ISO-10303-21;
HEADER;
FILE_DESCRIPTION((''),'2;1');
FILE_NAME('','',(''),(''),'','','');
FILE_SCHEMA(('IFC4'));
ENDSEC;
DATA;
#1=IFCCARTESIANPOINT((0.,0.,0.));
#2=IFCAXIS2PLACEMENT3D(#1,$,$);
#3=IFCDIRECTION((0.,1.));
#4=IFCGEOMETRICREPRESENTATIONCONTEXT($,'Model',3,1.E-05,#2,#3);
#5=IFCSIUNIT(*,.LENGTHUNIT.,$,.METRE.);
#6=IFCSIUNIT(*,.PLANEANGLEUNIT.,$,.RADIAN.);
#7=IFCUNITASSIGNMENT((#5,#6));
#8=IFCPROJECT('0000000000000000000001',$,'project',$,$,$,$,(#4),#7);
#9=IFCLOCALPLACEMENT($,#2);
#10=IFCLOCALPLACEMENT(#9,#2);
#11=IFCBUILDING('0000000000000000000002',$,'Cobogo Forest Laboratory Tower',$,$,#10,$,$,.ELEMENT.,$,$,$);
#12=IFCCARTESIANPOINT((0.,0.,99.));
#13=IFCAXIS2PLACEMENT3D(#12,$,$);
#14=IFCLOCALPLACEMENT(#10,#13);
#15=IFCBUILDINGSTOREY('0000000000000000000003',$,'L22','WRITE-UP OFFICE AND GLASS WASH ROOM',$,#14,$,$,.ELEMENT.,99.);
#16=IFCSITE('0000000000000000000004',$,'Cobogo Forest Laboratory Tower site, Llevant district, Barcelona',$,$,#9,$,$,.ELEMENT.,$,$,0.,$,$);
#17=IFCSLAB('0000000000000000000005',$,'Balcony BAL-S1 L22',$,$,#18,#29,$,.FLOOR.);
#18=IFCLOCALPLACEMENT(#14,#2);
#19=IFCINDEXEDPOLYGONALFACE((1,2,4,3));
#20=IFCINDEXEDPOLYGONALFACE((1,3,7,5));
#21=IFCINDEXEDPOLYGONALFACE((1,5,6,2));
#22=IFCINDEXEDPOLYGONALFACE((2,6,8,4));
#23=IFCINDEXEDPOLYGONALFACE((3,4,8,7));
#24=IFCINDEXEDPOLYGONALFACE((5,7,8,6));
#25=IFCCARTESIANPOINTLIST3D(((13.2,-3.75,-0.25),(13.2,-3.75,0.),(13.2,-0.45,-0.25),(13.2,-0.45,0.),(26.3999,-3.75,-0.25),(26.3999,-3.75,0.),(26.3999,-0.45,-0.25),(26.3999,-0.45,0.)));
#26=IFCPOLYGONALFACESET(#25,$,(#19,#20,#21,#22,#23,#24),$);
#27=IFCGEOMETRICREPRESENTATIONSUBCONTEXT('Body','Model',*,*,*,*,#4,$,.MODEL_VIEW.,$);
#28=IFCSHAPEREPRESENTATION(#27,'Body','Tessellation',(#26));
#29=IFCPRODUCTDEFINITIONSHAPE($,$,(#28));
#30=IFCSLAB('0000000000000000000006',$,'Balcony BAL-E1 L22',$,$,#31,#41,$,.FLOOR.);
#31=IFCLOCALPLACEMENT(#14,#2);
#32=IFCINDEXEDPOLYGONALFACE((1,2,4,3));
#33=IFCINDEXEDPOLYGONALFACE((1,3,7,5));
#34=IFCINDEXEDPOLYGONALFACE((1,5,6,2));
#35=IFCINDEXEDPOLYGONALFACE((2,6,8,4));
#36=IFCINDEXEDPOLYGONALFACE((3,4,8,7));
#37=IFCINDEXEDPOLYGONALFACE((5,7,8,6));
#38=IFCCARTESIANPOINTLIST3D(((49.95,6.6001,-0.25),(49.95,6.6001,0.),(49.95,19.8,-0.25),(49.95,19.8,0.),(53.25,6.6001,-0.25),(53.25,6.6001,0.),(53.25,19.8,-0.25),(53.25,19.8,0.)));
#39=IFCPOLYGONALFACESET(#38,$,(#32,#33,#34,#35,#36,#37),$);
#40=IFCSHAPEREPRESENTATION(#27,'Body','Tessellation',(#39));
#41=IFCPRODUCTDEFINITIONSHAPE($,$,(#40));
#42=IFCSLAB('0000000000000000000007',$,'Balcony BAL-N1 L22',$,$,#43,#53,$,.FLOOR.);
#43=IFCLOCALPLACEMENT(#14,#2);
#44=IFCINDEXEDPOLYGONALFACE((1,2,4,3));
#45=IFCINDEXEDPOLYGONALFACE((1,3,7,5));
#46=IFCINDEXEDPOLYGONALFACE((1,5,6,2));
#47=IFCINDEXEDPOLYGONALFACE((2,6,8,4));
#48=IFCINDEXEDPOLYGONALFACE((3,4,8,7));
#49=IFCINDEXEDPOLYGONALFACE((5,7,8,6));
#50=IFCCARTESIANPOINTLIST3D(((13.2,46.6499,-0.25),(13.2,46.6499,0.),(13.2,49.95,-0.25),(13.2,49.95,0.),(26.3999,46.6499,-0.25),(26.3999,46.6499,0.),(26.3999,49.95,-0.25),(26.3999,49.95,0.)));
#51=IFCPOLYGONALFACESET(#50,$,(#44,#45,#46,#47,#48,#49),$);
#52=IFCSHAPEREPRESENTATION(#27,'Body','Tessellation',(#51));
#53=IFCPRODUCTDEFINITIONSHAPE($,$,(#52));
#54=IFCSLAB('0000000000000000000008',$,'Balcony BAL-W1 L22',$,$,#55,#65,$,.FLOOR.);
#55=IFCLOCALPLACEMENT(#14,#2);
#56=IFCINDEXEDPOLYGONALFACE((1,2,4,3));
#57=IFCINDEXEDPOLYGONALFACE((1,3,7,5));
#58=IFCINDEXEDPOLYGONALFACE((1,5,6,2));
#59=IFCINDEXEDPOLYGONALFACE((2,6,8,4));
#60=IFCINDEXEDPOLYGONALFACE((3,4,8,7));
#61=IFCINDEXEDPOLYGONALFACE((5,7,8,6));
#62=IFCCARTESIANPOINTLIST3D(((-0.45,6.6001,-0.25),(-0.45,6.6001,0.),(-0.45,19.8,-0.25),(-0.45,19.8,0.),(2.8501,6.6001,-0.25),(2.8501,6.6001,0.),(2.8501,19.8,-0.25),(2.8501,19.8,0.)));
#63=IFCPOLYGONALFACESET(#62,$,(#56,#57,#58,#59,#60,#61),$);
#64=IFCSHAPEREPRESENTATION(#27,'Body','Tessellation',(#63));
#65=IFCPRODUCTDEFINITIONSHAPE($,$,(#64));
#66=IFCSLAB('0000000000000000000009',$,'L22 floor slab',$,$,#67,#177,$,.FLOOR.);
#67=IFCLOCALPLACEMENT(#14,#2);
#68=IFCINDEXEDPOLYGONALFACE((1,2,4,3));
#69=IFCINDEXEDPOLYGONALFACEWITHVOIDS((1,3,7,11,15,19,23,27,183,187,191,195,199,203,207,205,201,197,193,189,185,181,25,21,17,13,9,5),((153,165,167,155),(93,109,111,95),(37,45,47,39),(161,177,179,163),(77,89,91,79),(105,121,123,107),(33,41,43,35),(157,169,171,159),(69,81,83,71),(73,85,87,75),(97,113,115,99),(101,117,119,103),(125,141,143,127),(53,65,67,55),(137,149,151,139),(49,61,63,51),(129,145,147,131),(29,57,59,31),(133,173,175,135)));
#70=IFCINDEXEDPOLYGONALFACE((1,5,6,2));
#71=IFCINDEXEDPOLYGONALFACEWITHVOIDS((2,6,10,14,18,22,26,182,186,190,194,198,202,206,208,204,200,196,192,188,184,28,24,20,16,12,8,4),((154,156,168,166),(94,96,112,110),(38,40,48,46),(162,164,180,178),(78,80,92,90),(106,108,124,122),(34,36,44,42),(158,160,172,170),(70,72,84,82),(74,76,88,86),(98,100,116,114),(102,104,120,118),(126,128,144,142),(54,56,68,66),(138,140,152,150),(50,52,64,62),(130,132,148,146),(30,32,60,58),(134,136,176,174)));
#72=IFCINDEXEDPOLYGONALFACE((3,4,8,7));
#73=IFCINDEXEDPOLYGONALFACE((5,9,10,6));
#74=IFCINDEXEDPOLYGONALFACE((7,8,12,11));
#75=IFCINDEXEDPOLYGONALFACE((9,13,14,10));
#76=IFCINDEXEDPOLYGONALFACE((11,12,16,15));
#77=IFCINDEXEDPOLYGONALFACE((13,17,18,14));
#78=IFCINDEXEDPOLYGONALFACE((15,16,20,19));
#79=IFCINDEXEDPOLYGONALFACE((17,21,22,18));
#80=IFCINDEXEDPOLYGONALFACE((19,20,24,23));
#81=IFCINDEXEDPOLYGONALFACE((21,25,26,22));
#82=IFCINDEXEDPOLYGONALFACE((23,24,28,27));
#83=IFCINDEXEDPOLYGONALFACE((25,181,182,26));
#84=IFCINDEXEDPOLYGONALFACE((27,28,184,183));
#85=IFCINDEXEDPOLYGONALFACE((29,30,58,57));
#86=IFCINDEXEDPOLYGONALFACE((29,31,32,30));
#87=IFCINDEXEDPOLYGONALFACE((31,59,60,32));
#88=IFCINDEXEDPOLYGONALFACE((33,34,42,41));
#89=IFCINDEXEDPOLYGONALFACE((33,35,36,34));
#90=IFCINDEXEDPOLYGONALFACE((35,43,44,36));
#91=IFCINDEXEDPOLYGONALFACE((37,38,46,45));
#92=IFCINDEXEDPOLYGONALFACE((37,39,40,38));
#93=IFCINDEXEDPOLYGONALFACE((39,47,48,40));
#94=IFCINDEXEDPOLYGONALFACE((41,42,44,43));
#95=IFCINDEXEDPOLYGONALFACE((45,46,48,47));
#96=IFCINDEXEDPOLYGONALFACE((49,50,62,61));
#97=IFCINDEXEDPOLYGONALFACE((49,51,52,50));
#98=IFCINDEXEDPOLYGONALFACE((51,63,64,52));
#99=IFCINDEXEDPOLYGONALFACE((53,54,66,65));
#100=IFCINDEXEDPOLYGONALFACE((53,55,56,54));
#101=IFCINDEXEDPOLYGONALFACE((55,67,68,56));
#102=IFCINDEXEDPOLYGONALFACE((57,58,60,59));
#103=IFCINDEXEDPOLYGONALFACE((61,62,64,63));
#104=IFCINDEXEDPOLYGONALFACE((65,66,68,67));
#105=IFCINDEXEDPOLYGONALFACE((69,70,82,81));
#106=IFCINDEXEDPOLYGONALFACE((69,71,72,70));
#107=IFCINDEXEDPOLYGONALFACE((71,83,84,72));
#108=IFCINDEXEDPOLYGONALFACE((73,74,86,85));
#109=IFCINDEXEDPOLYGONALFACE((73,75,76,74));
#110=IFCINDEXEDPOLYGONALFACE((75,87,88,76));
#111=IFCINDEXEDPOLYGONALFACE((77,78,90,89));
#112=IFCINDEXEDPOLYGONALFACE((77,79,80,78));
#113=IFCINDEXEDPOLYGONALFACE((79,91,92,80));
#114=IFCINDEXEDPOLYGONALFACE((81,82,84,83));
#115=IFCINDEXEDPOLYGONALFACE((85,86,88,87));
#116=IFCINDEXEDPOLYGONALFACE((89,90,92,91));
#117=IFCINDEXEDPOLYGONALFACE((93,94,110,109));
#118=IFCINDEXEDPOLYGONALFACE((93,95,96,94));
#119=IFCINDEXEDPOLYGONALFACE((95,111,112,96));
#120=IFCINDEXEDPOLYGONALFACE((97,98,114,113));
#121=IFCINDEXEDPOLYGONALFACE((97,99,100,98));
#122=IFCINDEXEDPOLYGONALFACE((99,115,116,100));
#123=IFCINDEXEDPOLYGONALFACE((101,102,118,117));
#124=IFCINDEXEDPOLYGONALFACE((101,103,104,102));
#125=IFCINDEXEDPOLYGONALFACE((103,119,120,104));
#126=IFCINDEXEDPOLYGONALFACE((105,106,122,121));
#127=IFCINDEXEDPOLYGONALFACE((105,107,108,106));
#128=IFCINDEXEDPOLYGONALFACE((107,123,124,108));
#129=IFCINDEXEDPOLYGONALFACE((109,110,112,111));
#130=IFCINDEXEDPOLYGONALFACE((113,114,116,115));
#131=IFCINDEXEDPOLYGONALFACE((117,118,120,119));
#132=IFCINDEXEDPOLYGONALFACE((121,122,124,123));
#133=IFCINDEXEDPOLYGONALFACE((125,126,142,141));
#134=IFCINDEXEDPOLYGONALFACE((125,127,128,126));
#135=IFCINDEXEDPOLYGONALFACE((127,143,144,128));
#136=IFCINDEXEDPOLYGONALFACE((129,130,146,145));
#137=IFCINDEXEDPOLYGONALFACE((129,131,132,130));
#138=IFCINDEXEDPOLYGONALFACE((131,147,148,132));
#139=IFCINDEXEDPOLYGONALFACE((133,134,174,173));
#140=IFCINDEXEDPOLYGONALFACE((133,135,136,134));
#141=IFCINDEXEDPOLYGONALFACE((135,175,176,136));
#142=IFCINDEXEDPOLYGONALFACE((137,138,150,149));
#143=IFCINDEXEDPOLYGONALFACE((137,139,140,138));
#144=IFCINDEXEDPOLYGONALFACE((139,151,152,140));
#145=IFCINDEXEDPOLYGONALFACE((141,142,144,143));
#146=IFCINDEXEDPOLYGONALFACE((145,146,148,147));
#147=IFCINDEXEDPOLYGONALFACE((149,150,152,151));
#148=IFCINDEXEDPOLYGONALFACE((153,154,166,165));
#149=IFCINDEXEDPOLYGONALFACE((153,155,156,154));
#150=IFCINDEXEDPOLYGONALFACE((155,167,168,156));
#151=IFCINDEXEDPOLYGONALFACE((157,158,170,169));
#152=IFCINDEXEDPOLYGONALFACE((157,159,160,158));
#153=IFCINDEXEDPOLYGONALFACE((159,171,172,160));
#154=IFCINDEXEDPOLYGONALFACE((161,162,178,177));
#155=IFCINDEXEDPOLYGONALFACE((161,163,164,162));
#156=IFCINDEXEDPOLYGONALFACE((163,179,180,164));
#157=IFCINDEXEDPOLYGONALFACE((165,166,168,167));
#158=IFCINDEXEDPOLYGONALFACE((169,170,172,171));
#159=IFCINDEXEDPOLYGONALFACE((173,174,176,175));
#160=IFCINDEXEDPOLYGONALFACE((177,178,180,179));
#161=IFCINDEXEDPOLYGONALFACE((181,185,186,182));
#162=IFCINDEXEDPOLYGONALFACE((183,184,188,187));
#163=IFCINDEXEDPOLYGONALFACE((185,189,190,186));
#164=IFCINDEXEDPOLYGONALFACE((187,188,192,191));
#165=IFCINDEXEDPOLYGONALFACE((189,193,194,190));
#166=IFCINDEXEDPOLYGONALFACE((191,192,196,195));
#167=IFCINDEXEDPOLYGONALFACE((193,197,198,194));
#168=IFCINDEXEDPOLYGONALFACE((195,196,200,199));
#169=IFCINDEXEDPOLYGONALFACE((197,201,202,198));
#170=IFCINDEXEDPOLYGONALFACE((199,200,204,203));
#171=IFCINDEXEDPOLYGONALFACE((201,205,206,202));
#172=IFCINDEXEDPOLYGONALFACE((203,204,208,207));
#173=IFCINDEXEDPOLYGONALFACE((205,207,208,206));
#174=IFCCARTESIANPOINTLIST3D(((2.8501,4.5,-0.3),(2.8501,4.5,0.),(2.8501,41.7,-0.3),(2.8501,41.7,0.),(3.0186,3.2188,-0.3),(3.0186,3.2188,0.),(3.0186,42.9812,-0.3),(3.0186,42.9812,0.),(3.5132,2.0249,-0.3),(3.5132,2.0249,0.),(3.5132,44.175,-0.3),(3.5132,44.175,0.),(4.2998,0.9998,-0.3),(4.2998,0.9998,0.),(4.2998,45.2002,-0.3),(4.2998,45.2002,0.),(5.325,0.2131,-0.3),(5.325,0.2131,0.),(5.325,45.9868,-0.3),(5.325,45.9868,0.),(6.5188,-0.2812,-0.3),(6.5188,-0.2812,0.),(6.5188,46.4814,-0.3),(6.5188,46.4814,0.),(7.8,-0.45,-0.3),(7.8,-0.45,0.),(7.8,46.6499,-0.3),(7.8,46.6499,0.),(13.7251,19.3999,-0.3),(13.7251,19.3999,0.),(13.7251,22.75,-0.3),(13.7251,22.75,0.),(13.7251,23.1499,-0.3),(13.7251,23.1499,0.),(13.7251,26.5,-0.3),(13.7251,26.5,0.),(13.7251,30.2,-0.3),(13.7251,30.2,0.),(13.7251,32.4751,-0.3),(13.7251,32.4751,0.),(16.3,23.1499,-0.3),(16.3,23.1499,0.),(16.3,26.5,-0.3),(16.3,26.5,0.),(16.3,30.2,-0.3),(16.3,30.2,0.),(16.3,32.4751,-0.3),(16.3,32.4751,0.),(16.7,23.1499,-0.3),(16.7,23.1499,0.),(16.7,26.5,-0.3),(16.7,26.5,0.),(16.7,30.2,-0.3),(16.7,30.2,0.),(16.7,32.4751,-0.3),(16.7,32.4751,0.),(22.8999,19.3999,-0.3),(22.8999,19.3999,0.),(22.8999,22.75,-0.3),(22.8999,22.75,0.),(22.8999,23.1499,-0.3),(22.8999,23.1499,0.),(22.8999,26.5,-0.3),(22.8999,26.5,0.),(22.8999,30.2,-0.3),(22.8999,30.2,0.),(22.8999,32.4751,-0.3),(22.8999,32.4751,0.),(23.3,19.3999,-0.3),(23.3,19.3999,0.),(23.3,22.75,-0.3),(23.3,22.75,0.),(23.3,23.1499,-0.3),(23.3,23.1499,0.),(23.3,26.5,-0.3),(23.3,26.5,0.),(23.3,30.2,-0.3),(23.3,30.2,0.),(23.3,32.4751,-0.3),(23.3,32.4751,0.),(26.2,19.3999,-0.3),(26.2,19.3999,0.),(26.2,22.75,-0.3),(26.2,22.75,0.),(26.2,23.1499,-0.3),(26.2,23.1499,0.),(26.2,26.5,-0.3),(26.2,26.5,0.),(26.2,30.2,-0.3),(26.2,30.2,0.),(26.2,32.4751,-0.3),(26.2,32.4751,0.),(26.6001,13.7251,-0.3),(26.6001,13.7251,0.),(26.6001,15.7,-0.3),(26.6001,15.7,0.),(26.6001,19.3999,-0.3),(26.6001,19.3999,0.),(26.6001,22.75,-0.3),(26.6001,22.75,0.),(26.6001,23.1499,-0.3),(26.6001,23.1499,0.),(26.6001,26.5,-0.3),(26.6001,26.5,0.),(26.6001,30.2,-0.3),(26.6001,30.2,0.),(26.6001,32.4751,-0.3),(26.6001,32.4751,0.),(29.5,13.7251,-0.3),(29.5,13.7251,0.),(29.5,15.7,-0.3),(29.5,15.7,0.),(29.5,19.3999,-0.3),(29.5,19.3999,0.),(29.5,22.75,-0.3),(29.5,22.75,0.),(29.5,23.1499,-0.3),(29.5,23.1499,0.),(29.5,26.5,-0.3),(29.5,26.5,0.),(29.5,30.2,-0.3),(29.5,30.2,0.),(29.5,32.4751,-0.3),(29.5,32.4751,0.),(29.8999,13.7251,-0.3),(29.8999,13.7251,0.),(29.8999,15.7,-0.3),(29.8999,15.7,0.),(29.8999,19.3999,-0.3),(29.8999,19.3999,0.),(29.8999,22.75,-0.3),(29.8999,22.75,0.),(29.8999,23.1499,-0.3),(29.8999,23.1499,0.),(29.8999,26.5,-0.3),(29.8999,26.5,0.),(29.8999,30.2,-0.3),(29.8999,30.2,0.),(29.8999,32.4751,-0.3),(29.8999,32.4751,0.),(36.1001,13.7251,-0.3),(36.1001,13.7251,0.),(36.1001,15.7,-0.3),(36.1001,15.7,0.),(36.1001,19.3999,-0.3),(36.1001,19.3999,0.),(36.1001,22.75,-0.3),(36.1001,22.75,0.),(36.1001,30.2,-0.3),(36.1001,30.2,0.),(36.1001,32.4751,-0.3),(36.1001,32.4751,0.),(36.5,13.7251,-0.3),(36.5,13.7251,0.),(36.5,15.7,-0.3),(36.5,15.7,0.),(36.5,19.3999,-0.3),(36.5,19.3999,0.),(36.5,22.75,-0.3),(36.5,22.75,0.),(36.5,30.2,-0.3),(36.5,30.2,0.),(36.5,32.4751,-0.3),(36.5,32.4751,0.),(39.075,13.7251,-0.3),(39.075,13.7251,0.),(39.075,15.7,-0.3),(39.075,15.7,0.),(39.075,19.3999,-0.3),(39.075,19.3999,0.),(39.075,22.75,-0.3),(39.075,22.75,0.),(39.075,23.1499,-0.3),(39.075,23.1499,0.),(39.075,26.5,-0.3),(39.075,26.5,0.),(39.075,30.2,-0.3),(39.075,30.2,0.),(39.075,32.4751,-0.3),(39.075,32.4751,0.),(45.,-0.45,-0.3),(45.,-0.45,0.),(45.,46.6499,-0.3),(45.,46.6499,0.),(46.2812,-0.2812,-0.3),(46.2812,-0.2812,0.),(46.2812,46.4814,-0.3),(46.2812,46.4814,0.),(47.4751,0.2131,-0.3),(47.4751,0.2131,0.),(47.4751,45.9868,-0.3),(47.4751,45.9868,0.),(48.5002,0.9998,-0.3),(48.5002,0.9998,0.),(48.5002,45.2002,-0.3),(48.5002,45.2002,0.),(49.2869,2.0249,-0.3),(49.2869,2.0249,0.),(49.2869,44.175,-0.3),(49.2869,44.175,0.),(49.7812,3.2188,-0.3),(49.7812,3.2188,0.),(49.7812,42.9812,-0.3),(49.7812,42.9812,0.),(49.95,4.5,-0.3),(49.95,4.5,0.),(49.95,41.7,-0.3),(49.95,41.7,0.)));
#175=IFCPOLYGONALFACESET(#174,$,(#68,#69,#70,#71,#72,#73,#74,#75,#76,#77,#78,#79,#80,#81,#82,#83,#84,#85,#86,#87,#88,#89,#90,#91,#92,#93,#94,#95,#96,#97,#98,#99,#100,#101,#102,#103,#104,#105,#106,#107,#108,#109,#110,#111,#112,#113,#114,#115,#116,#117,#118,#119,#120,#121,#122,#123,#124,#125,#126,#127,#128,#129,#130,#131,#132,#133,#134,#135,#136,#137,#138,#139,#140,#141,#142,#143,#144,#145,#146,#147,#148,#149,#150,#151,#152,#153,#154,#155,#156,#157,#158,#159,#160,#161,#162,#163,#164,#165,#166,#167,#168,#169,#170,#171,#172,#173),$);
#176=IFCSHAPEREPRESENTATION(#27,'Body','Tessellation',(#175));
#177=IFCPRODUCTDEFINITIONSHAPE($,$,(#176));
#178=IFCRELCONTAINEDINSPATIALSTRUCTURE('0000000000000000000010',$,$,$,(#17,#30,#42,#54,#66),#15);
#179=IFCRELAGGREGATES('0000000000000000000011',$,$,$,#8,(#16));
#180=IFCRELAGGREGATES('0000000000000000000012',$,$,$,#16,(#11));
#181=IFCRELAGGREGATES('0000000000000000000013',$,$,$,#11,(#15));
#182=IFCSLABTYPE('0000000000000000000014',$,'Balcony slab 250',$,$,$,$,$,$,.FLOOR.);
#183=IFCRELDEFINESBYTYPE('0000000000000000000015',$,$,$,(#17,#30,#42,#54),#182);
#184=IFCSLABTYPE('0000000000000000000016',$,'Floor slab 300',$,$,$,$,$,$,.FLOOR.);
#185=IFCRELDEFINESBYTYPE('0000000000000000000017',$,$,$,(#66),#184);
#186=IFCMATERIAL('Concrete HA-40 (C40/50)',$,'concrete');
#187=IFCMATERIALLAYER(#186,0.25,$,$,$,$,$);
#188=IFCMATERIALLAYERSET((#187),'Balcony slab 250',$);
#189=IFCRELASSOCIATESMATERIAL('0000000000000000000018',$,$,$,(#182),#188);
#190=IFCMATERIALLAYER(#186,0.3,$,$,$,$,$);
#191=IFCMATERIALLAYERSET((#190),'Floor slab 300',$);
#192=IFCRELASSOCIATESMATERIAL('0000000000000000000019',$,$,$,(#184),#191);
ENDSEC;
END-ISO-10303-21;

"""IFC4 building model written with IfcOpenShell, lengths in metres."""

from ifc_helpers import new_model, si_unit, direction, frame, origin, place, context, subcontext, project, spatial, polyline, outline, extrude, material, layer, layer_set, type_object, element, save


model = new_model("IFC4")

# Units and contexts
model_context = context("Model", 3, precision=1e-05, world=origin(), true_north=direction((0.0, 1.0)))
body_context = subcontext(model_context, "Body", "Model", "MODEL_VIEW")
ifc_project = project(units=[si_unit("LENGTHUNIT", "METRE"), si_unit("PLANEANGLEUNIT", "RADIAN")], contexts=[model_context])

# Site, building, storey
site_placement = place(None, origin())
site = spatial("IfcSite", under=ifc_project, at=site_placement, Name="Cobogo Forest Laboratory Tower site, Llevant district, Barcelona", CompositionType="ELEMENT", RefElevation=0.0)
building_placement = place(site_placement, origin())
building = spatial("IfcBuilding", under=site, at=building_placement, Name="Cobogo Forest Laboratory Tower", CompositionType="ELEMENT")
storey_placement = place(building_placement, frame((0.0, 0.0, 99.0)))
storey = spatial("IfcBuildingStorey", under=building, at=storey_placement, Name="L22", Description="WRITE-UP OFFICE AND GLASS WASH ROOM", CompositionType="ELEMENT", Elevation=99.0)

# Slabs
ifc_material_1 = material(Name="Concrete HA-40 (C40/50)", Category="concrete")
ifc_layer_1 = layer(ifc_material_1, 0.25)
ifc_layer_set_1 = layer_set([ifc_layer_1], Name="Balcony slab 250")
slab_type_1 = type_object("IfcSlabType", Name="Balcony slab 250", PredefinedType="FLOOR", material=ifc_layer_set_1)
slab_1_placement = place(storey_placement, frame((0.0, 0.0, -0.25)))
element("IfcSlab", 1, at=slab_1_placement, inside=storey, type_object=slab_type_1, Name="Balcony BAL-S1 L22", PredefinedType="FLOOR", context=body_context, shape_type="SweptSolid", body=[
    extrude(outline(polyline([(13.2, -3.75), (26.3999, -3.75), (26.3999, -0.45), (13.2, -0.45), (13.2, -3.75)])), origin(), (0.0, 0.0, 1.0), 0.25),
])
slab_2_placement = place(storey_placement, frame((0.0, 0.0, -0.25)))
element("IfcSlab", 2, at=slab_2_placement, inside=storey, type_object=slab_type_1, Name="Balcony BAL-E1 L22", PredefinedType="FLOOR", context=body_context, shape_type="SweptSolid", body=[
    extrude(outline(polyline([(49.95, 6.6001), (53.25, 6.6001), (53.25, 19.8), (49.95, 19.8), (49.95, 6.6001)])), origin(), (0.0, 0.0, 1.0), 0.25),
])
slab_3_placement = place(storey_placement, frame((0.0, 0.0, -0.25)))
element("IfcSlab", 3, at=slab_3_placement, inside=storey, type_object=slab_type_1, Name="Balcony BAL-N1 L22", PredefinedType="FLOOR", context=body_context, shape_type="SweptSolid", body=[
    extrude(outline(polyline([(13.2, 46.6499), (26.3999, 46.6499), (26.3999, 49.95), (13.2, 49.95), (13.2, 46.6499)])), origin(), (0.0, 0.0, 1.0), 0.25),
])
slab_4_placement = place(storey_placement, frame((0.0, 0.0, -0.25)))
element("IfcSlab", 4, at=slab_4_placement, inside=storey, type_object=slab_type_1, Name="Balcony BAL-W1 L22", PredefinedType="FLOOR", context=body_context, shape_type="SweptSolid", body=[
    extrude(outline(polyline([(-0.45, 6.6001), (2.8501, 6.6001), (2.8501, 19.8), (-0.45, 19.8), (-0.45, 6.6001)])), origin(), (0.0, 0.0, 1.0), 0.25),
])
ifc_layer_2 = layer(ifc_material_1, 0.3)
ifc_layer_set_2 = layer_set([ifc_layer_2], Name="Floor slab 300")
slab_type_2 = type_object("IfcSlabType", Name="Floor slab 300", PredefinedType="FLOOR", material=ifc_layer_set_2)
slab_5_placement = place(storey_placement, frame((0.0, 0.0, -0.3)))
element("IfcSlab", 5, at=slab_5_placement, inside=storey, type_object=slab_type_2, Name="L22 floor slab", PredefinedType="FLOOR", context=body_context, shape_type="SweptSolid", body=[
    extrude(outline(polyline([(45.0, -0.45), (46.2812, -0.2812), (47.4751, 0.2131), (48.5002, 0.9998), (49.2869, 2.0249), (49.7812, 3.2188), (49.95, 4.5), (49.95, 41.7), (49.7812, 42.9812), (49.2869, 44.175), (48.5002, 45.2002), (47.4751, 45.9868), (46.2812, 46.4814), (45.0, 46.6499), (7.8, 46.6499), (6.5188, 46.4814), (5.325, 45.9868), (4.2998, 45.2002), (3.5132, 44.175), (3.0186, 42.9812), (2.8501, 41.7), (2.8501, 4.5), (3.0186, 3.2188), (3.5132, 2.0249), (4.2998, 0.9998), (5.325, 0.2131), (6.5188, -0.2812), (7.8, -0.45), (45.0, -0.45)]), holes=[polyline([(29.5, 13.7251), (26.6001, 13.7251), (26.6001, 15.7), (29.5, 15.7), (29.5, 13.7251)]), polyline([(36.1001, 15.7), (36.1001, 13.7251), (29.8999, 13.7251), (29.8999, 15.7), (36.1001, 15.7)]), polyline([(36.5, 13.7251), (36.5, 15.7), (39.075, 15.7), (39.075, 13.7251), (36.5, 13.7251)]), polyline([(13.7251, 19.3999), (13.7251, 22.75), (22.8999, 22.75), (22.8999, 19.3999), (13.7251, 19.3999)]), polyline([(23.3, 19.3999), (23.3, 22.75), (26.2, 22.75), (26.2, 19.3999), (23.3, 19.3999)]), polyline([(29.5, 19.3999), (26.6001, 19.3999), (26.6001, 22.75), (29.5, 22.75), (29.5, 19.3999)]), polyline([(36.1001, 22.75), (36.1001, 19.3999), (29.8999, 19.3999), (29.8999, 22.75), (36.1001, 22.75)]), polyline([(39.075, 19.3999), (36.5, 19.3999), (36.5, 22.75), (39.075, 22.75), (39.075, 19.3999)]), polyline([(16.3, 23.1499), (13.7251, 23.1499), (13.7251, 26.5), (16.3, 26.5), (16.3, 23.1499)]), polyline([(22.8999, 26.5), (22.8999, 23.1499), (16.7, 23.1499), (16.7, 26.5), (22.8999, 26.5)]), polyline([(26.2, 23.1499), (23.3, 23.1499), (23.3, 26.5), (26.2, 26.5), (26.2, 23.1499)]), polyline([(26.6001, 23.1499), (26.6001, 26.5), (29.5, 26.5), (29.5, 23.1499), (26.6001, 23.1499)]), polyline([(29.8999, 23.1499), (29.8999, 26.5), (39.075, 26.5), (39.075, 23.1499), (29.8999, 23.1499)]), polyline([(13.7251, 30.2), (13.7251, 32.4751), (16.3, 32.4751), (16.3, 30.2), (13.7251, 30.2)]), polyline([(22.8999, 32.4751), (22.8999, 30.2), (16.7, 30.2), (16.7, 32.4751), (22.8999, 32.4751)]), polyline([(23.3, 30.2), (23.3, 32.4751), (26.2, 32.4751), (26.2, 30.2), (23.3, 30.2)]), polyline([(26.6001, 30.2), (26.6001, 32.4751), (29.5, 32.4751), (29.5, 30.2), (26.6001, 30.2)]), polyline([(36.1001, 32.4751), (36.1001, 30.2), (29.8999, 30.2), (29.8999, 32.4751), (36.1001, 32.4751)]), polyline([(36.5, 30.2), (36.5, 32.4751), (39.075, 32.4751), (39.075, 30.2), (36.5, 30.2)])]), origin(), (0.0, 0.0, 1.0), 0.3),
])

save(model, "model.ifc")
